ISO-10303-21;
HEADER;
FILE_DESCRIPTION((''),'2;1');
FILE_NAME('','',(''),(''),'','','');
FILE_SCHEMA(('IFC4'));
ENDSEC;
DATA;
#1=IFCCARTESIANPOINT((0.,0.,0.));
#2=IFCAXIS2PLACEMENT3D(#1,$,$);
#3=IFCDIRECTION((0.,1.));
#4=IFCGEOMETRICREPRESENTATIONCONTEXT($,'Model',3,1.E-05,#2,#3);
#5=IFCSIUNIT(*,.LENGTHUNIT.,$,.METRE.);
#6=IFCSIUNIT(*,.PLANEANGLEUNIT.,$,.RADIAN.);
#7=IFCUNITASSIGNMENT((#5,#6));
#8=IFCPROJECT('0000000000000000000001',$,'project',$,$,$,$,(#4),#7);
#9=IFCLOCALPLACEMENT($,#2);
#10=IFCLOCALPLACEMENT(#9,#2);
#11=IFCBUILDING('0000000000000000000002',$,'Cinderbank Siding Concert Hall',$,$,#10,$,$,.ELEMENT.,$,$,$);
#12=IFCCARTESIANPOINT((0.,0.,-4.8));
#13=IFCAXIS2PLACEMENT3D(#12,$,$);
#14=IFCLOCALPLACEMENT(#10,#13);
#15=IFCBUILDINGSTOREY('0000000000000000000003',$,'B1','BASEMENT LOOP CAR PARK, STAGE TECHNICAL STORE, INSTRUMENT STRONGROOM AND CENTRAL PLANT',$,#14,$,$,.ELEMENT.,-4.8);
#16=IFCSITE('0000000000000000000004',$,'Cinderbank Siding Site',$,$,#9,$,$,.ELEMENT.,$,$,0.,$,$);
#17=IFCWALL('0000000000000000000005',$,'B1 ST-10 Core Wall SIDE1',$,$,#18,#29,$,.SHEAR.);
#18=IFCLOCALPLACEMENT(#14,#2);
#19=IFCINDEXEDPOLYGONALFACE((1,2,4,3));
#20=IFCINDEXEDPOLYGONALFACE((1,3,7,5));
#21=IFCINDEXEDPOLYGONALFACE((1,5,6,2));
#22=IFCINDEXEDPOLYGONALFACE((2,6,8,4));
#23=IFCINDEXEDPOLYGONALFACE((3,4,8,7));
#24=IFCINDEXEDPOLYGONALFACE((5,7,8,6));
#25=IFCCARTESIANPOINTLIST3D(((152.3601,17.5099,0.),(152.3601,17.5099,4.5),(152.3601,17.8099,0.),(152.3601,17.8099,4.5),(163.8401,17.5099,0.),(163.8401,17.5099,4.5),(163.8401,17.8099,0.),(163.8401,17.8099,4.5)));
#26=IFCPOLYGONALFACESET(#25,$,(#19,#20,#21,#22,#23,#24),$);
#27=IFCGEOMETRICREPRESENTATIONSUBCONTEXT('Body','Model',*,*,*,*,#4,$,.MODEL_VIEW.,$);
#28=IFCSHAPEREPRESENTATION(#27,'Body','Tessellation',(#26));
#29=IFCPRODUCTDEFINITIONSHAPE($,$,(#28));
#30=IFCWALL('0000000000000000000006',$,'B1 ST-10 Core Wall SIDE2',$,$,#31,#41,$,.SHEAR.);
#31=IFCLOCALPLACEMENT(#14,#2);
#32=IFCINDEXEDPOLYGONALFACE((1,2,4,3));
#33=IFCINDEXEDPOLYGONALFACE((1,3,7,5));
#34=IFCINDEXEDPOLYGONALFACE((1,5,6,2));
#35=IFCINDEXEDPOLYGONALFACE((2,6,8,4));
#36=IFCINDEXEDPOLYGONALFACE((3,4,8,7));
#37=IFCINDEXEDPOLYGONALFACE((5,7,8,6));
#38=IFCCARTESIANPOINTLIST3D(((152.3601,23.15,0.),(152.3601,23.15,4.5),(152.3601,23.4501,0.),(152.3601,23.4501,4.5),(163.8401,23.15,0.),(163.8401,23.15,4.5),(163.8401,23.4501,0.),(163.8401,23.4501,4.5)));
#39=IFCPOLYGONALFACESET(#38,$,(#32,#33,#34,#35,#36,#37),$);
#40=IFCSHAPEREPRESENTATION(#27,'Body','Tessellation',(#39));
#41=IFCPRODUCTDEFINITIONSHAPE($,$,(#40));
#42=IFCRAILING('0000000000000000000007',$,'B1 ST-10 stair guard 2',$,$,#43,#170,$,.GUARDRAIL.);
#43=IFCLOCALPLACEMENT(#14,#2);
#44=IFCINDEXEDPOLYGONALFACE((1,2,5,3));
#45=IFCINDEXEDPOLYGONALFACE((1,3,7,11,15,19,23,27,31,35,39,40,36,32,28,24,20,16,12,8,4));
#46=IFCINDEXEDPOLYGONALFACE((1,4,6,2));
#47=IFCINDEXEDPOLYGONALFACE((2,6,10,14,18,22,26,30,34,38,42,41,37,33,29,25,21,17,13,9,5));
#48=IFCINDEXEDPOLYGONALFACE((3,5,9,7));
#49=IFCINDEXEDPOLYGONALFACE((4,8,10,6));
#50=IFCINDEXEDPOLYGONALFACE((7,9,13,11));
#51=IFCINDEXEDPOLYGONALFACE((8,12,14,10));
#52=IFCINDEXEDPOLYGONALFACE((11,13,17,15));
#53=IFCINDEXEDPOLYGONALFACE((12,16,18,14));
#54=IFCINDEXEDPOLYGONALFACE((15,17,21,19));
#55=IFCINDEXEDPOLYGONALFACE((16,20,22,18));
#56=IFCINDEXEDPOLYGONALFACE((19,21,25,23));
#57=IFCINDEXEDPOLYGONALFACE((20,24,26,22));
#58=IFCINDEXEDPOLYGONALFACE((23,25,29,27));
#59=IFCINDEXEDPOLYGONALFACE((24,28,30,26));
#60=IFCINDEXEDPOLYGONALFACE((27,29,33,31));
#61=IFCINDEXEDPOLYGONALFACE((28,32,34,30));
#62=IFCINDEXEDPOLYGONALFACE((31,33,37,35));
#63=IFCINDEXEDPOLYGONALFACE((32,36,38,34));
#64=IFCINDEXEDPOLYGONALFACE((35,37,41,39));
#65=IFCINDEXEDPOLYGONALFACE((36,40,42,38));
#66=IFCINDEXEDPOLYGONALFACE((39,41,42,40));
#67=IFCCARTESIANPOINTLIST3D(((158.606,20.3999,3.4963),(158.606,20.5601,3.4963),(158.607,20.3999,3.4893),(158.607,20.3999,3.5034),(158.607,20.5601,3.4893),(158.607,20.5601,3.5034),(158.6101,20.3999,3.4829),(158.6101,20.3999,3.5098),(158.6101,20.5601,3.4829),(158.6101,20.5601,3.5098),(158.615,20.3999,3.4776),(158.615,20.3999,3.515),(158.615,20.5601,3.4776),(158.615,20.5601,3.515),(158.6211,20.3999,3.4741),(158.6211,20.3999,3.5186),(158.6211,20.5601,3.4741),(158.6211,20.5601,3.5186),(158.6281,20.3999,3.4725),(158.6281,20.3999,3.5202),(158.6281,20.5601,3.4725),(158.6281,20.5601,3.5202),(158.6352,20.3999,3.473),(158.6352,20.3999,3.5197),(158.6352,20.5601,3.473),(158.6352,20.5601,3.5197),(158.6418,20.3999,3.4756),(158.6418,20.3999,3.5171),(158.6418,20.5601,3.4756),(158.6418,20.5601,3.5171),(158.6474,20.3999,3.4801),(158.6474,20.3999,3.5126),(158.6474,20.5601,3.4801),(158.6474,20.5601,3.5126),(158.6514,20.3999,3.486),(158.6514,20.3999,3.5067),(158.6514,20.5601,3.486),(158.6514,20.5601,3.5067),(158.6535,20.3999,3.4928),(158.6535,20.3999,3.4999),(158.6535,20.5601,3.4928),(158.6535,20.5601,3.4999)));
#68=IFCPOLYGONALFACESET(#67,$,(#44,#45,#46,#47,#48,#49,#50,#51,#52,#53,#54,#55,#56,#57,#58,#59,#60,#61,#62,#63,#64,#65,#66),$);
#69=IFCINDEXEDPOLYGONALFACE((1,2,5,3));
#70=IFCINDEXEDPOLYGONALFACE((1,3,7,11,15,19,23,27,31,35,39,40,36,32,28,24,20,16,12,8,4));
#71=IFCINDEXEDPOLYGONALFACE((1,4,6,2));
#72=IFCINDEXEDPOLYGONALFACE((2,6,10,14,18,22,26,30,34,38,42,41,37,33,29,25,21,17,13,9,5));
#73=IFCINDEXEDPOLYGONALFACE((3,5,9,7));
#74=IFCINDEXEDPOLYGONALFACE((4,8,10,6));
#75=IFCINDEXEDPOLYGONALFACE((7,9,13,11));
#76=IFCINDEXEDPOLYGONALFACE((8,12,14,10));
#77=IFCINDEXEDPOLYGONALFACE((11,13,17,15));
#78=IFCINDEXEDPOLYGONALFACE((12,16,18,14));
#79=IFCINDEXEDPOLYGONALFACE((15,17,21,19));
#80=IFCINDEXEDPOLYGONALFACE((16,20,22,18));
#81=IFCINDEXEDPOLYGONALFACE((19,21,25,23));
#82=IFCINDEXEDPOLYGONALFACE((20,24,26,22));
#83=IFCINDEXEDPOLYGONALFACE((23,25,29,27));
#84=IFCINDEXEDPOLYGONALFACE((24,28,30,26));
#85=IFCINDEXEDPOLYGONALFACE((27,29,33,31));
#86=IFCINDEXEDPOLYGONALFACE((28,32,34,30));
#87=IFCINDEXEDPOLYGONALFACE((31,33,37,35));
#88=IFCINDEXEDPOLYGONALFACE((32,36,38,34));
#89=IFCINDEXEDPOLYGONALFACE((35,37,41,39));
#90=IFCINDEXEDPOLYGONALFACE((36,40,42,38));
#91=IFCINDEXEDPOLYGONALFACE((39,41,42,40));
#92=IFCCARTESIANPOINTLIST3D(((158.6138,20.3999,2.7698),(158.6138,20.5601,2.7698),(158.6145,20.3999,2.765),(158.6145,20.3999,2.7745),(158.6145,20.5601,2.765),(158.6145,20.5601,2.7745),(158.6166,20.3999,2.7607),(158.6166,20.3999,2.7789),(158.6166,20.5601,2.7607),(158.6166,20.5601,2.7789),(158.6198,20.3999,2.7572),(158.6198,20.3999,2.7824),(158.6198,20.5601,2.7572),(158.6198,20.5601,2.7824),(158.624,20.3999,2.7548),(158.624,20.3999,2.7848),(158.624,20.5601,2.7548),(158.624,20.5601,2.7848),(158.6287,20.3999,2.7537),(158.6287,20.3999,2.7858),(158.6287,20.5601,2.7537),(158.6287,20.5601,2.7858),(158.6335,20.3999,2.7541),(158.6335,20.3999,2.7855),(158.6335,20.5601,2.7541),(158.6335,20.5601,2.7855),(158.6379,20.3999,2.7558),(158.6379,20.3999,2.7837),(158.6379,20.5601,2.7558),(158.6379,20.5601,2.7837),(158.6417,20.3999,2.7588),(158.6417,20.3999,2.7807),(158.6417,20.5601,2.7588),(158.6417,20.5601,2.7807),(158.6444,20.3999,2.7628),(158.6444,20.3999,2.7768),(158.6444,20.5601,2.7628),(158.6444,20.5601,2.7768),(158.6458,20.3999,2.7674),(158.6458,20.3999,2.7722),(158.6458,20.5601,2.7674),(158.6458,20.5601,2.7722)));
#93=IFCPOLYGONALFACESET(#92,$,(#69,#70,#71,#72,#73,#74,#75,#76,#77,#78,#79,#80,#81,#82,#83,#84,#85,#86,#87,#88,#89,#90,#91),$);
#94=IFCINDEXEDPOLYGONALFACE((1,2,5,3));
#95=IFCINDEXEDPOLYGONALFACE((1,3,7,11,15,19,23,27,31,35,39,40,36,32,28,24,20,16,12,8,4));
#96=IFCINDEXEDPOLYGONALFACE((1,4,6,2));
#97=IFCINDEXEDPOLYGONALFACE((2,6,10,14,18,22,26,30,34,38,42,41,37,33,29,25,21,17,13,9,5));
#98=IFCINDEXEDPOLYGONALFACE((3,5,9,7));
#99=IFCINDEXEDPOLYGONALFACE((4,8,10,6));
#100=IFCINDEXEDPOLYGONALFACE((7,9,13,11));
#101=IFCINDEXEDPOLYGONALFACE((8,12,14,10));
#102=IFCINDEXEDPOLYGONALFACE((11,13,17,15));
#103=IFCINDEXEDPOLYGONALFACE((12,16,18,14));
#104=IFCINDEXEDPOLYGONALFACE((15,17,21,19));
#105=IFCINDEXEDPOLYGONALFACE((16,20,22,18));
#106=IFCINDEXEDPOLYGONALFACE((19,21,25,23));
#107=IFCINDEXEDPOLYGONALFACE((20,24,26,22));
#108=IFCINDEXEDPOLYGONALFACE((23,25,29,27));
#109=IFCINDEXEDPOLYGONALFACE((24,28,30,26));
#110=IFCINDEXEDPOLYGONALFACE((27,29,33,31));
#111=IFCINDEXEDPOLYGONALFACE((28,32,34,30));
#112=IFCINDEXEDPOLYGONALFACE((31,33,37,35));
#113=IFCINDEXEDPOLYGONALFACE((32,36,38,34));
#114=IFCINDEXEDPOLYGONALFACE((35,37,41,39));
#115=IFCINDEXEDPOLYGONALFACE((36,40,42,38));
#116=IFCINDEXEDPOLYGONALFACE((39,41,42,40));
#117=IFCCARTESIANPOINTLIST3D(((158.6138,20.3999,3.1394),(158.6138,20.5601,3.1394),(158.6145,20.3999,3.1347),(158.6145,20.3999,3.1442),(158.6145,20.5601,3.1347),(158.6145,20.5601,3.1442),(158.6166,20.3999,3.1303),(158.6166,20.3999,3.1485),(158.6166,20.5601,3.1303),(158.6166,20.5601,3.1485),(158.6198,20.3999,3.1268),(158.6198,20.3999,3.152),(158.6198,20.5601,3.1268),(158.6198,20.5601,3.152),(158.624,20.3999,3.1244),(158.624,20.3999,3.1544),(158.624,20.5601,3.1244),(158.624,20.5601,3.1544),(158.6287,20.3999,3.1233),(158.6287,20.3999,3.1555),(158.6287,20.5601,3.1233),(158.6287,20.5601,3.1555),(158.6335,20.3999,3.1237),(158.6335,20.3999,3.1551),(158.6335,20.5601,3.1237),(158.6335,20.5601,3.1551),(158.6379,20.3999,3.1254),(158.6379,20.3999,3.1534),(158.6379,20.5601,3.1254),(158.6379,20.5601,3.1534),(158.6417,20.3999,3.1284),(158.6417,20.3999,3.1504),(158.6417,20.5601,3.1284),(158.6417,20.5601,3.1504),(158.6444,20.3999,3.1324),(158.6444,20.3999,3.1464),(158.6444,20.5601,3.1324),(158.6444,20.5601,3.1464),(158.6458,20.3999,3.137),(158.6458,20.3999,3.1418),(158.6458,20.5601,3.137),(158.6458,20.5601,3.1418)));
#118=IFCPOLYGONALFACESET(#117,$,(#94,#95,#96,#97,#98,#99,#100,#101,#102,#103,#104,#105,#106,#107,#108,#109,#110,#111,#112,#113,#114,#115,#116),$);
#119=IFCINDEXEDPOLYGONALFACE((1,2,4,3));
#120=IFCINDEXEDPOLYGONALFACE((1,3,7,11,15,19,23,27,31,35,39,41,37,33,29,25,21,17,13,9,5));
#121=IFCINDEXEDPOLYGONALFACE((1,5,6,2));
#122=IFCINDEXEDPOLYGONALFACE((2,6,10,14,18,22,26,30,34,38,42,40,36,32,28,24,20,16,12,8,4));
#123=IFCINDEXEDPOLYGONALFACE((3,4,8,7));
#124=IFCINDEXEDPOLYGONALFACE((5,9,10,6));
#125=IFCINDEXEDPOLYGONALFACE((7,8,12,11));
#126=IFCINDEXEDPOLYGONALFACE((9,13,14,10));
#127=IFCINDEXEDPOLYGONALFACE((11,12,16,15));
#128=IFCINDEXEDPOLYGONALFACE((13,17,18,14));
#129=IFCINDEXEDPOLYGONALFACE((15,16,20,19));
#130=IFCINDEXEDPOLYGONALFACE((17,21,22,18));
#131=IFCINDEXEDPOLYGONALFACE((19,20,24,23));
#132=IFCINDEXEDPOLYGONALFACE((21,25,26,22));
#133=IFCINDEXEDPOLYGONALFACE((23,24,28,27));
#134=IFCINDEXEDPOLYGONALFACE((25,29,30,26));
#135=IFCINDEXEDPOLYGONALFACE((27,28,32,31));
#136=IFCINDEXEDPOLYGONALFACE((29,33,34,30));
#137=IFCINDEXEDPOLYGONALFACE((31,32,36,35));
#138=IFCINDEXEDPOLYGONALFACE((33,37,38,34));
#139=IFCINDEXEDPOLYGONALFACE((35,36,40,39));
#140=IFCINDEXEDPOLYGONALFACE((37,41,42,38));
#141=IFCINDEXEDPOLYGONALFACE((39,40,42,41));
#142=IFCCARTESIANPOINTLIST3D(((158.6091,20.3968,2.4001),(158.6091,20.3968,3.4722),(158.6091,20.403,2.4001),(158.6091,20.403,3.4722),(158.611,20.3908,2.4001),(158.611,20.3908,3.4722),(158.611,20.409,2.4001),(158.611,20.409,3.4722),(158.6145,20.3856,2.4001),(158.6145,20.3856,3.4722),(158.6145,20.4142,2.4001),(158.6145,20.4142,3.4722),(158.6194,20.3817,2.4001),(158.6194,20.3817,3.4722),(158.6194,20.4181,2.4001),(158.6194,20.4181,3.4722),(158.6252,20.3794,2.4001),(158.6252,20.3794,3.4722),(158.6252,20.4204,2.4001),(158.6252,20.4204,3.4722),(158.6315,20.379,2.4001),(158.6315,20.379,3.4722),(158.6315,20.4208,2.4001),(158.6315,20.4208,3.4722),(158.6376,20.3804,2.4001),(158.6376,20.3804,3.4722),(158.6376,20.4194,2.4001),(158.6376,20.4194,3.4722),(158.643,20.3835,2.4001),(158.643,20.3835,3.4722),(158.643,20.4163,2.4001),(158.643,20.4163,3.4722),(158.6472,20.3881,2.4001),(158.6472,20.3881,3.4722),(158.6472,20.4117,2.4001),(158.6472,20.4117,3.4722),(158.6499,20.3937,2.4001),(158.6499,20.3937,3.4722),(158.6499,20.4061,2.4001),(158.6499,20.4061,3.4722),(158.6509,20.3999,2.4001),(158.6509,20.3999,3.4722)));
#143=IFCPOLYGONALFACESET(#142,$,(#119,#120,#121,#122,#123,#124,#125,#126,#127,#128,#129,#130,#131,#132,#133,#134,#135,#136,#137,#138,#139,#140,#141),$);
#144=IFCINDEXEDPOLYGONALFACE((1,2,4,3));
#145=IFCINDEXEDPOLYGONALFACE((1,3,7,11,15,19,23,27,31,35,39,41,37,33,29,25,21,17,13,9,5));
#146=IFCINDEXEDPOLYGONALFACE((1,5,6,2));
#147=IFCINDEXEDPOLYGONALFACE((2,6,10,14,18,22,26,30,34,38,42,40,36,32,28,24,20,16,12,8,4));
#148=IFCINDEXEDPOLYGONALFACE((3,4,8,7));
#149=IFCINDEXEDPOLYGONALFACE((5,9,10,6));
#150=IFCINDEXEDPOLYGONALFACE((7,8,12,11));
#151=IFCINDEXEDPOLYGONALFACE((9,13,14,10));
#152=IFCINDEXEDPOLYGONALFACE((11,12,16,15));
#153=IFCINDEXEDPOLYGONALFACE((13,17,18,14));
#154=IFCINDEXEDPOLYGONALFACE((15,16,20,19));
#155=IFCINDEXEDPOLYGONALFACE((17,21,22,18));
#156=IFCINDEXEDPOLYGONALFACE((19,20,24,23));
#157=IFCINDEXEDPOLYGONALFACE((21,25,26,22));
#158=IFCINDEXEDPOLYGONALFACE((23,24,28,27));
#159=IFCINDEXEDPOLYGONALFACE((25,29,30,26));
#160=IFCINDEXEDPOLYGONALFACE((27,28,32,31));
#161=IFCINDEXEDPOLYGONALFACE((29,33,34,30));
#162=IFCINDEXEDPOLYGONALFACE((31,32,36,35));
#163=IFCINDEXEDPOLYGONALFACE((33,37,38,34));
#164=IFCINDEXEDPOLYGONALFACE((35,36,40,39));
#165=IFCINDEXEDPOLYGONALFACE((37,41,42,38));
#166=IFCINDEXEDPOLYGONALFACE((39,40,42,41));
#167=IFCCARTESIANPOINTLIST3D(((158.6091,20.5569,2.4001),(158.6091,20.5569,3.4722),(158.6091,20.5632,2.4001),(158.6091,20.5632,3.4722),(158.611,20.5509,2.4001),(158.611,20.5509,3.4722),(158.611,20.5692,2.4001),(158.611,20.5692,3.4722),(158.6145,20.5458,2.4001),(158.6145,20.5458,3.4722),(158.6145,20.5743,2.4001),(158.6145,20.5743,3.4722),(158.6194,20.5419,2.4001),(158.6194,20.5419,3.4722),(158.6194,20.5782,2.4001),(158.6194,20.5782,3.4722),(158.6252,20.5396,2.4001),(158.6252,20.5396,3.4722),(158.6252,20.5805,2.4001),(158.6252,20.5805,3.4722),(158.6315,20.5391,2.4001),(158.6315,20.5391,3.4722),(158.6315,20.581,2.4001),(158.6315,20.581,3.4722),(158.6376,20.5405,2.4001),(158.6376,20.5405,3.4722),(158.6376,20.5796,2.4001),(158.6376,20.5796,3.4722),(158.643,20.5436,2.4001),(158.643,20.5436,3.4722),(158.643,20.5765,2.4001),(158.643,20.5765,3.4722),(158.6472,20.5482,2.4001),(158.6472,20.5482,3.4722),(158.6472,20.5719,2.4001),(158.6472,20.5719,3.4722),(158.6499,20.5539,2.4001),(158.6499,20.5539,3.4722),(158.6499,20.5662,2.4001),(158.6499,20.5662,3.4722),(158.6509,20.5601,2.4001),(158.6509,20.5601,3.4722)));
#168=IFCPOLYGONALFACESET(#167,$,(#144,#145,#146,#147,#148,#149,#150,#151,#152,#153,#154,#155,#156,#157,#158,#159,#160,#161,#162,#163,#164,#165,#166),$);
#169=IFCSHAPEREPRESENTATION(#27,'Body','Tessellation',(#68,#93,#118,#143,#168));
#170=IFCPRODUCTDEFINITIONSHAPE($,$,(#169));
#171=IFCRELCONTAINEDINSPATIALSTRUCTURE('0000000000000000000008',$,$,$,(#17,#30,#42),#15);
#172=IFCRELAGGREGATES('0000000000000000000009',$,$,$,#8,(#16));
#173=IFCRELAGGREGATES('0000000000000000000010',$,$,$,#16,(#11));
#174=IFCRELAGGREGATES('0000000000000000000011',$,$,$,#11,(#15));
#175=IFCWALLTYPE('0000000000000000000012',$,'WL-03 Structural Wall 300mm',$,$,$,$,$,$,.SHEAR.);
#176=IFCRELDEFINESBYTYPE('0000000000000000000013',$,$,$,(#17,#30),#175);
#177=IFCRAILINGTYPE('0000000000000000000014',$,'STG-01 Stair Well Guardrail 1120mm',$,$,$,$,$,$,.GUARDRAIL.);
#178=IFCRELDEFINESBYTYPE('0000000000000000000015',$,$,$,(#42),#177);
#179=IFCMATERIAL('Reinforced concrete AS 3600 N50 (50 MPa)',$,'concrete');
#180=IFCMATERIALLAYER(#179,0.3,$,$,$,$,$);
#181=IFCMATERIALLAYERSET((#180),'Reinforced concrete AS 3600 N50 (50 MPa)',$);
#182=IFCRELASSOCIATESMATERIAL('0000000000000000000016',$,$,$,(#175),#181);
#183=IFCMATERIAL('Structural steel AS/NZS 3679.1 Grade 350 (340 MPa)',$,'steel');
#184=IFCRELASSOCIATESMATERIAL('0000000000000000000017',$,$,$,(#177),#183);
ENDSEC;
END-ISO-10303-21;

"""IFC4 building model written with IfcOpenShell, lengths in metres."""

from ifc_helpers import new_model, si_unit, direction, frame, frame_2d, origin, origin_2d, place, context, subcontext, project, spatial, rectangle, circle, extrude, material, layer, layer_set, type_object, element, save


model = new_model("IFC4")

# Units and contexts
model_context = context("Model", 3, precision=1e-05, world=origin(), true_north=direction((0.0, 1.0)))
body_context = subcontext(model_context, "Body", "Model", "MODEL_VIEW")
ifc_project = project(units=[si_unit("LENGTHUNIT", "METRE"), si_unit("PLANEANGLEUNIT", "RADIAN")], contexts=[model_context])

# Site, building, storey
site_placement = place(None, origin())
site = spatial("IfcSite", under=ifc_project, at=site_placement, Name="Cinderbank Siding Site", CompositionType="ELEMENT", RefElevation=0.0)
building_placement = place(site_placement, origin())
building = spatial("IfcBuilding", under=site, at=building_placement, Name="Cinderbank Siding Concert Hall", CompositionType="ELEMENT")
storey_placement = place(building_placement, frame((0.0, 0.0, -4.8)))
storey = spatial("IfcBuildingStorey", under=building, at=storey_placement, Name="B1", Description="BASEMENT LOOP CAR PARK, STAGE TECHNICAL STORE, INSTRUMENT STRONGROOM AND CENTRAL PLANT", CompositionType="ELEMENT", Elevation=-4.8)

# Shared definitions
ifc_material_1 = material(Name="Reinforced concrete AS 3600 N50 (50 MPa)", Category="concrete")

# Shared definitions
ifc_layer_1 = layer(ifc_material_1, 0.3)
ifc_layer_set_1 = layer_set([ifc_layer_1], Name="Reinforced concrete AS 3600 N50 (50 MPa)")
wall_type = type_object("IfcWallType", Name="WL-03 Structural Wall 300mm", PredefinedType="SHEAR", material=ifc_layer_set_1)

# Walls
for number, where, z_axis, x_axis, name in (
    (1, (163.8401, 17.6599, 0.0), (0.0, 0.0, 1.0), (-1.0, 0.0, 0.0), "B1 ST-10 Core Wall SIDE1"),
    (2, (152.3601, 23.3, 0.0), (0.0, 0.0, 1.0), (1.0, 0.0, 0.0), "B1 ST-10 Core Wall SIDE2"),
):
    element("IfcWall", number, at=place(storey_placement, frame(where, z_axis=z_axis, x_axis=x_axis)), inside=storey, type_object=wall_type, Name=name, PredefinedType="SHEAR", context=body_context, shape_type="SweptSolid", body=[
        extrude(rectangle(XDim=11.48, YDim=0.3, at=frame_2d((5.74, 0.0))), origin(), (0.0, 0.0, 1.0), 4.5),
    ])

# Railing
ifc_material_2 = material(Name="Structural steel AS/NZS 3679.1 Grade 350 (340 MPa)", Category="steel")
railing_type_1 = type_object("IfcRailingType", Name="STG-01 Stair Well Guardrail 1120mm", PredefinedType="GUARDRAIL", material=ifc_material_2)
railing_1_placement = place(storey_placement, frame((158.6299, 20.3999, 2.4001)))
element("IfcRailing", 3, at=railing_1_placement, inside=storey, type_object=railing_type_1, Name="B1 ST-10 stair guard 2", PredefinedType="GUARDRAIL", context=body_context, shape_type="SweptSolid", body=[
    extrude(circle(Radius=0.0239, at=origin_2d()), frame((0.0, 0.0, 1.0962), z_axis=(0.0, 1.0, 0.0), x_axis=(-1.0, 0.0, 0.0)), (0.0, 0.0, 1.0), 0.1602),
    extrude(circle(Radius=0.0161, at=origin_2d()), frame((0.0, 0.0, 0.3696), z_axis=(0.0, 1.0, 0.0), x_axis=(-1.0, 0.0, 0.0)), (0.0, 0.0, 1.0), 0.1602),
    extrude(circle(Radius=0.0161, at=origin_2d()), frame((0.0, 0.0, 0.7393), z_axis=(0.0, 1.0, 0.0), x_axis=(-1.0, 0.0, 0.0)), (0.0, 0.0, 1.0), 0.1602),
    extrude(circle(Radius=0.021, at=origin_2d()), origin(), (0.0, 0.0, 1.0), 1.072),
    extrude(circle(Radius=0.021, at=origin_2d()), frame((0.0, 0.1602, 0.0)), (0.0, 0.0, 1.0), 1.072),
])

save(model, "model.ifc")
